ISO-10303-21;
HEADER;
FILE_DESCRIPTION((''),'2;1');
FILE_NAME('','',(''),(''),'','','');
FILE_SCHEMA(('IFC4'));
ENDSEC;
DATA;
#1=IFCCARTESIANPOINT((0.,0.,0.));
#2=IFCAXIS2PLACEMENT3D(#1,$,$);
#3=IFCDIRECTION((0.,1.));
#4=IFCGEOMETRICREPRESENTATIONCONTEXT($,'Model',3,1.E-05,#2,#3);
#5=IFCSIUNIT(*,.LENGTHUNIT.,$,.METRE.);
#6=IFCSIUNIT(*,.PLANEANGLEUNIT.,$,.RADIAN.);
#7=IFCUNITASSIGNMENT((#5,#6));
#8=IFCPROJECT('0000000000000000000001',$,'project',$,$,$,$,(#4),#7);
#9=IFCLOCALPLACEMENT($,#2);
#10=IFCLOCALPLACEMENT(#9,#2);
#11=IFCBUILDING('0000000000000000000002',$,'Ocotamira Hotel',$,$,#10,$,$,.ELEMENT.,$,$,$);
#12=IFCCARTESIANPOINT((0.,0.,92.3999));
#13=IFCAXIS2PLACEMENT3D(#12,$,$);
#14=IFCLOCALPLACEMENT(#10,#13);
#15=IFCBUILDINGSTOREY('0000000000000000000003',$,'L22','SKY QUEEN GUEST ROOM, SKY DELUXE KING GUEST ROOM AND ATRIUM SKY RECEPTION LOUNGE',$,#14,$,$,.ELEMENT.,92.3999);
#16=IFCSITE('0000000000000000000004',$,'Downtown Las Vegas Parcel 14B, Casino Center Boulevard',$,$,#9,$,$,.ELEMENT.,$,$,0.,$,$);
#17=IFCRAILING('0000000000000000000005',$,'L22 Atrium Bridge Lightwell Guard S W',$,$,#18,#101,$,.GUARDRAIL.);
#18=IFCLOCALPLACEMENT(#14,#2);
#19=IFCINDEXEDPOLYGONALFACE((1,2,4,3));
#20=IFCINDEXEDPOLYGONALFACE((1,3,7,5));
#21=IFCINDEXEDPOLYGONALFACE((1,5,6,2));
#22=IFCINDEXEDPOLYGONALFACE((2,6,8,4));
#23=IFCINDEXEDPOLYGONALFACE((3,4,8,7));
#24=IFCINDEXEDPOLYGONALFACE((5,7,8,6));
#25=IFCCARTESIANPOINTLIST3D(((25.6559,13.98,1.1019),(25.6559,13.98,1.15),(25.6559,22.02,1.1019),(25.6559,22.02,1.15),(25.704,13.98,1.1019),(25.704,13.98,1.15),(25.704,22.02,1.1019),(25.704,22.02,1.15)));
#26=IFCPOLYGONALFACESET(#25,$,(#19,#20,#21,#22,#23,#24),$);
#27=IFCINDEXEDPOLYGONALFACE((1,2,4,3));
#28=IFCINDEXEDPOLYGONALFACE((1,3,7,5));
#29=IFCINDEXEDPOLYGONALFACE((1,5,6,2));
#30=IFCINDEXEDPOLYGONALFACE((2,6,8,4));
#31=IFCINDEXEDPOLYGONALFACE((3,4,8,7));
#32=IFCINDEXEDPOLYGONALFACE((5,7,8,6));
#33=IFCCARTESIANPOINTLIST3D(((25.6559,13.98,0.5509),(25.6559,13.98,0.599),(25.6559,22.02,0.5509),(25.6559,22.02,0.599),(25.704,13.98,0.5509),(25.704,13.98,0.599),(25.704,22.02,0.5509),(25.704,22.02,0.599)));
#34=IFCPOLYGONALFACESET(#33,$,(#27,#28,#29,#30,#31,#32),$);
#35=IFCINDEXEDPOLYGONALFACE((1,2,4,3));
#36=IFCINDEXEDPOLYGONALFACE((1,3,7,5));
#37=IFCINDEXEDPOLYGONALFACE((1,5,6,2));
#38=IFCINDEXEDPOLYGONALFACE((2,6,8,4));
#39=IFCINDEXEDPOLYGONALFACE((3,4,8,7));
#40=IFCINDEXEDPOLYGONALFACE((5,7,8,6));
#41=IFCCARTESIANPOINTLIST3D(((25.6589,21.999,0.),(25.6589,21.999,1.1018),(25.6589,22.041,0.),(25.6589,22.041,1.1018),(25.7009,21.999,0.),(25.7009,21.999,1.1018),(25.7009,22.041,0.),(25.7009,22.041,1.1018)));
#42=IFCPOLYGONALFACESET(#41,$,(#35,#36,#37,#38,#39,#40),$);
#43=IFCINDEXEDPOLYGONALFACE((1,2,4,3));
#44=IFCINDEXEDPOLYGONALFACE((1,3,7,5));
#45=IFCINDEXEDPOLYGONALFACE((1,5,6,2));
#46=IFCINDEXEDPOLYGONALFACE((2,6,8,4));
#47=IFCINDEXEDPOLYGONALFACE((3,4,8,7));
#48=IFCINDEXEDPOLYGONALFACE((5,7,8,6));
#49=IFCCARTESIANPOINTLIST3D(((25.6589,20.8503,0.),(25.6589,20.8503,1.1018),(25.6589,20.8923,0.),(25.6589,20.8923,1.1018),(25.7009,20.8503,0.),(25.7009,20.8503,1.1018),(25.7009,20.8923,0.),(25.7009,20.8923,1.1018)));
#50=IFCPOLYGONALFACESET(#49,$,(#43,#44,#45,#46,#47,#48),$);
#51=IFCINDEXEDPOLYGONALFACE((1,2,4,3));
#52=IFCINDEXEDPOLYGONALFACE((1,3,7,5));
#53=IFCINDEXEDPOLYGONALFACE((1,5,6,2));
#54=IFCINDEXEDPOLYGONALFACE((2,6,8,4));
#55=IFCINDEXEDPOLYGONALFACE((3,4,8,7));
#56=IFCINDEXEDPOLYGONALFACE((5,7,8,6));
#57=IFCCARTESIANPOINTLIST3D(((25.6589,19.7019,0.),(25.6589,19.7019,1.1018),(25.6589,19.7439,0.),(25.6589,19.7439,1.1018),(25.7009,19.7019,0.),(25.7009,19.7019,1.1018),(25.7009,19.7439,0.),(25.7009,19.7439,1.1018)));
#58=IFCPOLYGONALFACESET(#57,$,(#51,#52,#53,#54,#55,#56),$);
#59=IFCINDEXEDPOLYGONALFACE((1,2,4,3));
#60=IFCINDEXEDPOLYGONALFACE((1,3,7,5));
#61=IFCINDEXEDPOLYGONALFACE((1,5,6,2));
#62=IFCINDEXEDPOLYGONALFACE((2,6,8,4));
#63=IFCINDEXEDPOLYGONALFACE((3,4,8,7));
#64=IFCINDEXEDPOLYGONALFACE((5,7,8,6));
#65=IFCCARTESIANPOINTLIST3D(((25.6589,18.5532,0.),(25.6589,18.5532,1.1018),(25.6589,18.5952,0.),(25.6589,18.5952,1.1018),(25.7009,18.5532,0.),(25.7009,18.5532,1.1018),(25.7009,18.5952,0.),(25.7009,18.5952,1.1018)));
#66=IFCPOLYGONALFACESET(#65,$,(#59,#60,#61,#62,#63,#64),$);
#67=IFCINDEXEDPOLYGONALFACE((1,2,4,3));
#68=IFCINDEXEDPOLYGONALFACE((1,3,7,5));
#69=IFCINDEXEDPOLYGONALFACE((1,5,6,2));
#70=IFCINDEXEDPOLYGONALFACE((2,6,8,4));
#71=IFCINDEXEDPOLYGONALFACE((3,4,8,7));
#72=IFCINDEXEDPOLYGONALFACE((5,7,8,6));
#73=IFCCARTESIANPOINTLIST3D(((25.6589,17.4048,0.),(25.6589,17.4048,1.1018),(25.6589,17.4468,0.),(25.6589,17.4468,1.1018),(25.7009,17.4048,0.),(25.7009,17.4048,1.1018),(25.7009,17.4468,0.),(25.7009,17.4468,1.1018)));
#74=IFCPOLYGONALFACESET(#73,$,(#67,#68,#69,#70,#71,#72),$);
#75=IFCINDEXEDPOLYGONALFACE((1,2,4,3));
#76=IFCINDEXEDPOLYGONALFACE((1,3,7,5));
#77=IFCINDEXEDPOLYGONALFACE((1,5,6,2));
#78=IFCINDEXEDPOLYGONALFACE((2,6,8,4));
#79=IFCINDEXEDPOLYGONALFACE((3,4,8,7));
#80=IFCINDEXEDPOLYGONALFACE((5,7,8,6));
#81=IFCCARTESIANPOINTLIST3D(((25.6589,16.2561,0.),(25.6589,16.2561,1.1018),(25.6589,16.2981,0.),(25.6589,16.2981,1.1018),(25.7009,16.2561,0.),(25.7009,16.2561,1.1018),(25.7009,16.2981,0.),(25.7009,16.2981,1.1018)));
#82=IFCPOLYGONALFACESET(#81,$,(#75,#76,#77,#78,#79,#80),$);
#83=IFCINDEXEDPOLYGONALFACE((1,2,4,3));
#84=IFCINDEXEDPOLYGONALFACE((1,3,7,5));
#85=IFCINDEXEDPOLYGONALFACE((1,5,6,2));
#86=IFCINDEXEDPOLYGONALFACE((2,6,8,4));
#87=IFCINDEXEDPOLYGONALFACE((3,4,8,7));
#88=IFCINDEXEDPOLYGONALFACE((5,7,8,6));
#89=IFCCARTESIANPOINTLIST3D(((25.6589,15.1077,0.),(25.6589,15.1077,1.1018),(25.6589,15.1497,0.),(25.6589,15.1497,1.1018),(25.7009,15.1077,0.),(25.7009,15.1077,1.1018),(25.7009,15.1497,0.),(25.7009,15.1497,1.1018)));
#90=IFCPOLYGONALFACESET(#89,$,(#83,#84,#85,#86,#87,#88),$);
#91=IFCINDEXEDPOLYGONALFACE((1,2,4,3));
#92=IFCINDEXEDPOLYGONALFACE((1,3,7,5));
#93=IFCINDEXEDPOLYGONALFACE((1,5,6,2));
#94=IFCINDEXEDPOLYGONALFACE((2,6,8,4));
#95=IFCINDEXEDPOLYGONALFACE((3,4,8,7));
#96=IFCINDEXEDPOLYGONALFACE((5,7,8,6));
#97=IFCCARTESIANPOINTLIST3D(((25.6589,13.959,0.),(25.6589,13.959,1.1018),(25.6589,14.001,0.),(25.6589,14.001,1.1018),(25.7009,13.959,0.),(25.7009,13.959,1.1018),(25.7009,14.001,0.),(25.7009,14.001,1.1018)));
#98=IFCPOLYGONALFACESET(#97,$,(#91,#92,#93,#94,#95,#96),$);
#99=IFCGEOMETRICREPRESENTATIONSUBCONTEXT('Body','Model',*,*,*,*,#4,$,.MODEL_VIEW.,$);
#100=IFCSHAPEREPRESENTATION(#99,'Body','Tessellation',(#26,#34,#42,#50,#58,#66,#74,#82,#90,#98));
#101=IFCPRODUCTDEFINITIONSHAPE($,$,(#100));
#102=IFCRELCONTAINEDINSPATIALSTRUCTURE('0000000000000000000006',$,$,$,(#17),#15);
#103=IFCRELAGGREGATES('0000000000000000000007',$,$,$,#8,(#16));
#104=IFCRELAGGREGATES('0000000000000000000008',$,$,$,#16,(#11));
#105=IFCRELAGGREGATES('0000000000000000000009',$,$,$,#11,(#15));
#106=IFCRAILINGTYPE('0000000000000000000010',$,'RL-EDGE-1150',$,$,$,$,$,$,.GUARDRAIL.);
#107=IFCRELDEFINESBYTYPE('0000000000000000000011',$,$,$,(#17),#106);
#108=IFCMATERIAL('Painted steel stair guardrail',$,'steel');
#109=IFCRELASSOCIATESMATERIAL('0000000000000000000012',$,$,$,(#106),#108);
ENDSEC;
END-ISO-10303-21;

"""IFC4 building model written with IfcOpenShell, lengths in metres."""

from ifc_helpers import new_model, si_unit, direction, frame, origin, origin_2d, place, context, subcontext, project, spatial, rectangle, extrude, material, type_object, element, save


model = new_model("IFC4")

# Units and contexts
model_context = context("Model", 3, precision=1e-05, world=origin(), true_north=direction((0.0, 1.0)))
body_context = subcontext(model_context, "Body", "Model", "MODEL_VIEW")
ifc_project = project(units=[si_unit("LENGTHUNIT", "METRE"), si_unit("PLANEANGLEUNIT", "RADIAN")], contexts=[model_context])

# Site, building, storey
site_placement = place(None, origin())
site = spatial("IfcSite", under=ifc_project, at=site_placement, Name="Downtown Las Vegas Parcel 14B, Casino Center Boulevard", CompositionType="ELEMENT", RefElevation=0.0)
building_placement = place(site_placement, origin())
building = spatial("IfcBuilding", under=site, at=building_placement, Name="Ocotamira Hotel", CompositionType="ELEMENT")
storey_placement = place(building_placement, frame((0.0, 0.0, 92.3999)))
storey = spatial("IfcBuildingStorey", under=building, at=storey_placement, Name="L22", Description="SKY QUEEN GUEST ROOM, SKY DELUXE KING GUEST ROOM AND ATRIUM SKY RECEPTION LOUNGE", CompositionType="ELEMENT", Elevation=92.3999)

# Railing
ifc_material_1 = material(Name="Painted steel stair guardrail", Category="steel")
railing_type = type_object("IfcRailingType", Name="RL-EDGE-1150", PredefinedType="GUARDRAIL", material=ifc_material_1)
railing_1_placement = place(storey_placement, frame((25.6799, 22.02, 0.0)))
element("IfcRailing", 1, at=railing_1_placement, inside=storey, type_object=railing_type, Name="L22 Atrium Bridge Lightwell Guard S W", PredefinedType="GUARDRAIL", context=body_context, shape_type="SweptSolid", body=[
    extrude(rectangle(XDim=0.0481, YDim=0.0481, at=origin_2d()), frame((0.0, 0.0, 1.126), z_axis=(0.0, -1.0, 0.0), x_axis=(1.0, 0.0, 0.0)), (0.0, 0.0, 1.0), 8.04),
    extrude(rectangle(XDim=0.0481, YDim=0.0481, at=origin_2d()), frame((0.0, 0.0, 0.575), z_axis=(0.0, -1.0, 0.0), x_axis=(1.0, 0.0, 0.0)), (0.0, 0.0, 1.0), 8.04),
    extrude(rectangle(XDim=0.042, YDim=0.042, at=origin_2d()), origin(), (0.0, 0.0, 1.0), 1.1018),
    extrude(rectangle(XDim=0.042, YDim=0.042, at=origin_2d()), frame((0.0, -1.1487, 0.0)), (0.0, 0.0, 1.0), 1.1018),
    extrude(rectangle(XDim=0.042, YDim=0.042, at=origin_2d()), frame((0.0, -2.2971, 0.0)), (0.0, 0.0, 1.0), 1.1018),
    extrude(rectangle(XDim=0.042, YDim=0.042, at=origin_2d()), frame((0.0, -3.4458, 0.0)), (0.0, 0.0, 1.0), 1.1018),
    extrude(rectangle(XDim=0.042, YDim=0.042, at=origin_2d()), frame((0.0, -4.5942, 0.0)), (0.0, 0.0, 1.0), 1.1018),
    extrude(rectangle(XDim=0.042, YDim=0.042, at=origin_2d()), frame((0.0, -5.7429, 0.0)), (0.0, 0.0, 1.0), 1.1018),
    extrude(rectangle(XDim=0.042, YDim=0.042, at=origin_2d()), frame((0.0, -6.8914, 0.0)), (0.0, 0.0, 1.0), 1.1018),
    extrude(rectangle(XDim=0.042, YDim=0.042, at=origin_2d()), frame((0.0, -8.04, 0.0)), (0.0, 0.0, 1.0), 1.1018),
])

save(model, "model.ifc")
